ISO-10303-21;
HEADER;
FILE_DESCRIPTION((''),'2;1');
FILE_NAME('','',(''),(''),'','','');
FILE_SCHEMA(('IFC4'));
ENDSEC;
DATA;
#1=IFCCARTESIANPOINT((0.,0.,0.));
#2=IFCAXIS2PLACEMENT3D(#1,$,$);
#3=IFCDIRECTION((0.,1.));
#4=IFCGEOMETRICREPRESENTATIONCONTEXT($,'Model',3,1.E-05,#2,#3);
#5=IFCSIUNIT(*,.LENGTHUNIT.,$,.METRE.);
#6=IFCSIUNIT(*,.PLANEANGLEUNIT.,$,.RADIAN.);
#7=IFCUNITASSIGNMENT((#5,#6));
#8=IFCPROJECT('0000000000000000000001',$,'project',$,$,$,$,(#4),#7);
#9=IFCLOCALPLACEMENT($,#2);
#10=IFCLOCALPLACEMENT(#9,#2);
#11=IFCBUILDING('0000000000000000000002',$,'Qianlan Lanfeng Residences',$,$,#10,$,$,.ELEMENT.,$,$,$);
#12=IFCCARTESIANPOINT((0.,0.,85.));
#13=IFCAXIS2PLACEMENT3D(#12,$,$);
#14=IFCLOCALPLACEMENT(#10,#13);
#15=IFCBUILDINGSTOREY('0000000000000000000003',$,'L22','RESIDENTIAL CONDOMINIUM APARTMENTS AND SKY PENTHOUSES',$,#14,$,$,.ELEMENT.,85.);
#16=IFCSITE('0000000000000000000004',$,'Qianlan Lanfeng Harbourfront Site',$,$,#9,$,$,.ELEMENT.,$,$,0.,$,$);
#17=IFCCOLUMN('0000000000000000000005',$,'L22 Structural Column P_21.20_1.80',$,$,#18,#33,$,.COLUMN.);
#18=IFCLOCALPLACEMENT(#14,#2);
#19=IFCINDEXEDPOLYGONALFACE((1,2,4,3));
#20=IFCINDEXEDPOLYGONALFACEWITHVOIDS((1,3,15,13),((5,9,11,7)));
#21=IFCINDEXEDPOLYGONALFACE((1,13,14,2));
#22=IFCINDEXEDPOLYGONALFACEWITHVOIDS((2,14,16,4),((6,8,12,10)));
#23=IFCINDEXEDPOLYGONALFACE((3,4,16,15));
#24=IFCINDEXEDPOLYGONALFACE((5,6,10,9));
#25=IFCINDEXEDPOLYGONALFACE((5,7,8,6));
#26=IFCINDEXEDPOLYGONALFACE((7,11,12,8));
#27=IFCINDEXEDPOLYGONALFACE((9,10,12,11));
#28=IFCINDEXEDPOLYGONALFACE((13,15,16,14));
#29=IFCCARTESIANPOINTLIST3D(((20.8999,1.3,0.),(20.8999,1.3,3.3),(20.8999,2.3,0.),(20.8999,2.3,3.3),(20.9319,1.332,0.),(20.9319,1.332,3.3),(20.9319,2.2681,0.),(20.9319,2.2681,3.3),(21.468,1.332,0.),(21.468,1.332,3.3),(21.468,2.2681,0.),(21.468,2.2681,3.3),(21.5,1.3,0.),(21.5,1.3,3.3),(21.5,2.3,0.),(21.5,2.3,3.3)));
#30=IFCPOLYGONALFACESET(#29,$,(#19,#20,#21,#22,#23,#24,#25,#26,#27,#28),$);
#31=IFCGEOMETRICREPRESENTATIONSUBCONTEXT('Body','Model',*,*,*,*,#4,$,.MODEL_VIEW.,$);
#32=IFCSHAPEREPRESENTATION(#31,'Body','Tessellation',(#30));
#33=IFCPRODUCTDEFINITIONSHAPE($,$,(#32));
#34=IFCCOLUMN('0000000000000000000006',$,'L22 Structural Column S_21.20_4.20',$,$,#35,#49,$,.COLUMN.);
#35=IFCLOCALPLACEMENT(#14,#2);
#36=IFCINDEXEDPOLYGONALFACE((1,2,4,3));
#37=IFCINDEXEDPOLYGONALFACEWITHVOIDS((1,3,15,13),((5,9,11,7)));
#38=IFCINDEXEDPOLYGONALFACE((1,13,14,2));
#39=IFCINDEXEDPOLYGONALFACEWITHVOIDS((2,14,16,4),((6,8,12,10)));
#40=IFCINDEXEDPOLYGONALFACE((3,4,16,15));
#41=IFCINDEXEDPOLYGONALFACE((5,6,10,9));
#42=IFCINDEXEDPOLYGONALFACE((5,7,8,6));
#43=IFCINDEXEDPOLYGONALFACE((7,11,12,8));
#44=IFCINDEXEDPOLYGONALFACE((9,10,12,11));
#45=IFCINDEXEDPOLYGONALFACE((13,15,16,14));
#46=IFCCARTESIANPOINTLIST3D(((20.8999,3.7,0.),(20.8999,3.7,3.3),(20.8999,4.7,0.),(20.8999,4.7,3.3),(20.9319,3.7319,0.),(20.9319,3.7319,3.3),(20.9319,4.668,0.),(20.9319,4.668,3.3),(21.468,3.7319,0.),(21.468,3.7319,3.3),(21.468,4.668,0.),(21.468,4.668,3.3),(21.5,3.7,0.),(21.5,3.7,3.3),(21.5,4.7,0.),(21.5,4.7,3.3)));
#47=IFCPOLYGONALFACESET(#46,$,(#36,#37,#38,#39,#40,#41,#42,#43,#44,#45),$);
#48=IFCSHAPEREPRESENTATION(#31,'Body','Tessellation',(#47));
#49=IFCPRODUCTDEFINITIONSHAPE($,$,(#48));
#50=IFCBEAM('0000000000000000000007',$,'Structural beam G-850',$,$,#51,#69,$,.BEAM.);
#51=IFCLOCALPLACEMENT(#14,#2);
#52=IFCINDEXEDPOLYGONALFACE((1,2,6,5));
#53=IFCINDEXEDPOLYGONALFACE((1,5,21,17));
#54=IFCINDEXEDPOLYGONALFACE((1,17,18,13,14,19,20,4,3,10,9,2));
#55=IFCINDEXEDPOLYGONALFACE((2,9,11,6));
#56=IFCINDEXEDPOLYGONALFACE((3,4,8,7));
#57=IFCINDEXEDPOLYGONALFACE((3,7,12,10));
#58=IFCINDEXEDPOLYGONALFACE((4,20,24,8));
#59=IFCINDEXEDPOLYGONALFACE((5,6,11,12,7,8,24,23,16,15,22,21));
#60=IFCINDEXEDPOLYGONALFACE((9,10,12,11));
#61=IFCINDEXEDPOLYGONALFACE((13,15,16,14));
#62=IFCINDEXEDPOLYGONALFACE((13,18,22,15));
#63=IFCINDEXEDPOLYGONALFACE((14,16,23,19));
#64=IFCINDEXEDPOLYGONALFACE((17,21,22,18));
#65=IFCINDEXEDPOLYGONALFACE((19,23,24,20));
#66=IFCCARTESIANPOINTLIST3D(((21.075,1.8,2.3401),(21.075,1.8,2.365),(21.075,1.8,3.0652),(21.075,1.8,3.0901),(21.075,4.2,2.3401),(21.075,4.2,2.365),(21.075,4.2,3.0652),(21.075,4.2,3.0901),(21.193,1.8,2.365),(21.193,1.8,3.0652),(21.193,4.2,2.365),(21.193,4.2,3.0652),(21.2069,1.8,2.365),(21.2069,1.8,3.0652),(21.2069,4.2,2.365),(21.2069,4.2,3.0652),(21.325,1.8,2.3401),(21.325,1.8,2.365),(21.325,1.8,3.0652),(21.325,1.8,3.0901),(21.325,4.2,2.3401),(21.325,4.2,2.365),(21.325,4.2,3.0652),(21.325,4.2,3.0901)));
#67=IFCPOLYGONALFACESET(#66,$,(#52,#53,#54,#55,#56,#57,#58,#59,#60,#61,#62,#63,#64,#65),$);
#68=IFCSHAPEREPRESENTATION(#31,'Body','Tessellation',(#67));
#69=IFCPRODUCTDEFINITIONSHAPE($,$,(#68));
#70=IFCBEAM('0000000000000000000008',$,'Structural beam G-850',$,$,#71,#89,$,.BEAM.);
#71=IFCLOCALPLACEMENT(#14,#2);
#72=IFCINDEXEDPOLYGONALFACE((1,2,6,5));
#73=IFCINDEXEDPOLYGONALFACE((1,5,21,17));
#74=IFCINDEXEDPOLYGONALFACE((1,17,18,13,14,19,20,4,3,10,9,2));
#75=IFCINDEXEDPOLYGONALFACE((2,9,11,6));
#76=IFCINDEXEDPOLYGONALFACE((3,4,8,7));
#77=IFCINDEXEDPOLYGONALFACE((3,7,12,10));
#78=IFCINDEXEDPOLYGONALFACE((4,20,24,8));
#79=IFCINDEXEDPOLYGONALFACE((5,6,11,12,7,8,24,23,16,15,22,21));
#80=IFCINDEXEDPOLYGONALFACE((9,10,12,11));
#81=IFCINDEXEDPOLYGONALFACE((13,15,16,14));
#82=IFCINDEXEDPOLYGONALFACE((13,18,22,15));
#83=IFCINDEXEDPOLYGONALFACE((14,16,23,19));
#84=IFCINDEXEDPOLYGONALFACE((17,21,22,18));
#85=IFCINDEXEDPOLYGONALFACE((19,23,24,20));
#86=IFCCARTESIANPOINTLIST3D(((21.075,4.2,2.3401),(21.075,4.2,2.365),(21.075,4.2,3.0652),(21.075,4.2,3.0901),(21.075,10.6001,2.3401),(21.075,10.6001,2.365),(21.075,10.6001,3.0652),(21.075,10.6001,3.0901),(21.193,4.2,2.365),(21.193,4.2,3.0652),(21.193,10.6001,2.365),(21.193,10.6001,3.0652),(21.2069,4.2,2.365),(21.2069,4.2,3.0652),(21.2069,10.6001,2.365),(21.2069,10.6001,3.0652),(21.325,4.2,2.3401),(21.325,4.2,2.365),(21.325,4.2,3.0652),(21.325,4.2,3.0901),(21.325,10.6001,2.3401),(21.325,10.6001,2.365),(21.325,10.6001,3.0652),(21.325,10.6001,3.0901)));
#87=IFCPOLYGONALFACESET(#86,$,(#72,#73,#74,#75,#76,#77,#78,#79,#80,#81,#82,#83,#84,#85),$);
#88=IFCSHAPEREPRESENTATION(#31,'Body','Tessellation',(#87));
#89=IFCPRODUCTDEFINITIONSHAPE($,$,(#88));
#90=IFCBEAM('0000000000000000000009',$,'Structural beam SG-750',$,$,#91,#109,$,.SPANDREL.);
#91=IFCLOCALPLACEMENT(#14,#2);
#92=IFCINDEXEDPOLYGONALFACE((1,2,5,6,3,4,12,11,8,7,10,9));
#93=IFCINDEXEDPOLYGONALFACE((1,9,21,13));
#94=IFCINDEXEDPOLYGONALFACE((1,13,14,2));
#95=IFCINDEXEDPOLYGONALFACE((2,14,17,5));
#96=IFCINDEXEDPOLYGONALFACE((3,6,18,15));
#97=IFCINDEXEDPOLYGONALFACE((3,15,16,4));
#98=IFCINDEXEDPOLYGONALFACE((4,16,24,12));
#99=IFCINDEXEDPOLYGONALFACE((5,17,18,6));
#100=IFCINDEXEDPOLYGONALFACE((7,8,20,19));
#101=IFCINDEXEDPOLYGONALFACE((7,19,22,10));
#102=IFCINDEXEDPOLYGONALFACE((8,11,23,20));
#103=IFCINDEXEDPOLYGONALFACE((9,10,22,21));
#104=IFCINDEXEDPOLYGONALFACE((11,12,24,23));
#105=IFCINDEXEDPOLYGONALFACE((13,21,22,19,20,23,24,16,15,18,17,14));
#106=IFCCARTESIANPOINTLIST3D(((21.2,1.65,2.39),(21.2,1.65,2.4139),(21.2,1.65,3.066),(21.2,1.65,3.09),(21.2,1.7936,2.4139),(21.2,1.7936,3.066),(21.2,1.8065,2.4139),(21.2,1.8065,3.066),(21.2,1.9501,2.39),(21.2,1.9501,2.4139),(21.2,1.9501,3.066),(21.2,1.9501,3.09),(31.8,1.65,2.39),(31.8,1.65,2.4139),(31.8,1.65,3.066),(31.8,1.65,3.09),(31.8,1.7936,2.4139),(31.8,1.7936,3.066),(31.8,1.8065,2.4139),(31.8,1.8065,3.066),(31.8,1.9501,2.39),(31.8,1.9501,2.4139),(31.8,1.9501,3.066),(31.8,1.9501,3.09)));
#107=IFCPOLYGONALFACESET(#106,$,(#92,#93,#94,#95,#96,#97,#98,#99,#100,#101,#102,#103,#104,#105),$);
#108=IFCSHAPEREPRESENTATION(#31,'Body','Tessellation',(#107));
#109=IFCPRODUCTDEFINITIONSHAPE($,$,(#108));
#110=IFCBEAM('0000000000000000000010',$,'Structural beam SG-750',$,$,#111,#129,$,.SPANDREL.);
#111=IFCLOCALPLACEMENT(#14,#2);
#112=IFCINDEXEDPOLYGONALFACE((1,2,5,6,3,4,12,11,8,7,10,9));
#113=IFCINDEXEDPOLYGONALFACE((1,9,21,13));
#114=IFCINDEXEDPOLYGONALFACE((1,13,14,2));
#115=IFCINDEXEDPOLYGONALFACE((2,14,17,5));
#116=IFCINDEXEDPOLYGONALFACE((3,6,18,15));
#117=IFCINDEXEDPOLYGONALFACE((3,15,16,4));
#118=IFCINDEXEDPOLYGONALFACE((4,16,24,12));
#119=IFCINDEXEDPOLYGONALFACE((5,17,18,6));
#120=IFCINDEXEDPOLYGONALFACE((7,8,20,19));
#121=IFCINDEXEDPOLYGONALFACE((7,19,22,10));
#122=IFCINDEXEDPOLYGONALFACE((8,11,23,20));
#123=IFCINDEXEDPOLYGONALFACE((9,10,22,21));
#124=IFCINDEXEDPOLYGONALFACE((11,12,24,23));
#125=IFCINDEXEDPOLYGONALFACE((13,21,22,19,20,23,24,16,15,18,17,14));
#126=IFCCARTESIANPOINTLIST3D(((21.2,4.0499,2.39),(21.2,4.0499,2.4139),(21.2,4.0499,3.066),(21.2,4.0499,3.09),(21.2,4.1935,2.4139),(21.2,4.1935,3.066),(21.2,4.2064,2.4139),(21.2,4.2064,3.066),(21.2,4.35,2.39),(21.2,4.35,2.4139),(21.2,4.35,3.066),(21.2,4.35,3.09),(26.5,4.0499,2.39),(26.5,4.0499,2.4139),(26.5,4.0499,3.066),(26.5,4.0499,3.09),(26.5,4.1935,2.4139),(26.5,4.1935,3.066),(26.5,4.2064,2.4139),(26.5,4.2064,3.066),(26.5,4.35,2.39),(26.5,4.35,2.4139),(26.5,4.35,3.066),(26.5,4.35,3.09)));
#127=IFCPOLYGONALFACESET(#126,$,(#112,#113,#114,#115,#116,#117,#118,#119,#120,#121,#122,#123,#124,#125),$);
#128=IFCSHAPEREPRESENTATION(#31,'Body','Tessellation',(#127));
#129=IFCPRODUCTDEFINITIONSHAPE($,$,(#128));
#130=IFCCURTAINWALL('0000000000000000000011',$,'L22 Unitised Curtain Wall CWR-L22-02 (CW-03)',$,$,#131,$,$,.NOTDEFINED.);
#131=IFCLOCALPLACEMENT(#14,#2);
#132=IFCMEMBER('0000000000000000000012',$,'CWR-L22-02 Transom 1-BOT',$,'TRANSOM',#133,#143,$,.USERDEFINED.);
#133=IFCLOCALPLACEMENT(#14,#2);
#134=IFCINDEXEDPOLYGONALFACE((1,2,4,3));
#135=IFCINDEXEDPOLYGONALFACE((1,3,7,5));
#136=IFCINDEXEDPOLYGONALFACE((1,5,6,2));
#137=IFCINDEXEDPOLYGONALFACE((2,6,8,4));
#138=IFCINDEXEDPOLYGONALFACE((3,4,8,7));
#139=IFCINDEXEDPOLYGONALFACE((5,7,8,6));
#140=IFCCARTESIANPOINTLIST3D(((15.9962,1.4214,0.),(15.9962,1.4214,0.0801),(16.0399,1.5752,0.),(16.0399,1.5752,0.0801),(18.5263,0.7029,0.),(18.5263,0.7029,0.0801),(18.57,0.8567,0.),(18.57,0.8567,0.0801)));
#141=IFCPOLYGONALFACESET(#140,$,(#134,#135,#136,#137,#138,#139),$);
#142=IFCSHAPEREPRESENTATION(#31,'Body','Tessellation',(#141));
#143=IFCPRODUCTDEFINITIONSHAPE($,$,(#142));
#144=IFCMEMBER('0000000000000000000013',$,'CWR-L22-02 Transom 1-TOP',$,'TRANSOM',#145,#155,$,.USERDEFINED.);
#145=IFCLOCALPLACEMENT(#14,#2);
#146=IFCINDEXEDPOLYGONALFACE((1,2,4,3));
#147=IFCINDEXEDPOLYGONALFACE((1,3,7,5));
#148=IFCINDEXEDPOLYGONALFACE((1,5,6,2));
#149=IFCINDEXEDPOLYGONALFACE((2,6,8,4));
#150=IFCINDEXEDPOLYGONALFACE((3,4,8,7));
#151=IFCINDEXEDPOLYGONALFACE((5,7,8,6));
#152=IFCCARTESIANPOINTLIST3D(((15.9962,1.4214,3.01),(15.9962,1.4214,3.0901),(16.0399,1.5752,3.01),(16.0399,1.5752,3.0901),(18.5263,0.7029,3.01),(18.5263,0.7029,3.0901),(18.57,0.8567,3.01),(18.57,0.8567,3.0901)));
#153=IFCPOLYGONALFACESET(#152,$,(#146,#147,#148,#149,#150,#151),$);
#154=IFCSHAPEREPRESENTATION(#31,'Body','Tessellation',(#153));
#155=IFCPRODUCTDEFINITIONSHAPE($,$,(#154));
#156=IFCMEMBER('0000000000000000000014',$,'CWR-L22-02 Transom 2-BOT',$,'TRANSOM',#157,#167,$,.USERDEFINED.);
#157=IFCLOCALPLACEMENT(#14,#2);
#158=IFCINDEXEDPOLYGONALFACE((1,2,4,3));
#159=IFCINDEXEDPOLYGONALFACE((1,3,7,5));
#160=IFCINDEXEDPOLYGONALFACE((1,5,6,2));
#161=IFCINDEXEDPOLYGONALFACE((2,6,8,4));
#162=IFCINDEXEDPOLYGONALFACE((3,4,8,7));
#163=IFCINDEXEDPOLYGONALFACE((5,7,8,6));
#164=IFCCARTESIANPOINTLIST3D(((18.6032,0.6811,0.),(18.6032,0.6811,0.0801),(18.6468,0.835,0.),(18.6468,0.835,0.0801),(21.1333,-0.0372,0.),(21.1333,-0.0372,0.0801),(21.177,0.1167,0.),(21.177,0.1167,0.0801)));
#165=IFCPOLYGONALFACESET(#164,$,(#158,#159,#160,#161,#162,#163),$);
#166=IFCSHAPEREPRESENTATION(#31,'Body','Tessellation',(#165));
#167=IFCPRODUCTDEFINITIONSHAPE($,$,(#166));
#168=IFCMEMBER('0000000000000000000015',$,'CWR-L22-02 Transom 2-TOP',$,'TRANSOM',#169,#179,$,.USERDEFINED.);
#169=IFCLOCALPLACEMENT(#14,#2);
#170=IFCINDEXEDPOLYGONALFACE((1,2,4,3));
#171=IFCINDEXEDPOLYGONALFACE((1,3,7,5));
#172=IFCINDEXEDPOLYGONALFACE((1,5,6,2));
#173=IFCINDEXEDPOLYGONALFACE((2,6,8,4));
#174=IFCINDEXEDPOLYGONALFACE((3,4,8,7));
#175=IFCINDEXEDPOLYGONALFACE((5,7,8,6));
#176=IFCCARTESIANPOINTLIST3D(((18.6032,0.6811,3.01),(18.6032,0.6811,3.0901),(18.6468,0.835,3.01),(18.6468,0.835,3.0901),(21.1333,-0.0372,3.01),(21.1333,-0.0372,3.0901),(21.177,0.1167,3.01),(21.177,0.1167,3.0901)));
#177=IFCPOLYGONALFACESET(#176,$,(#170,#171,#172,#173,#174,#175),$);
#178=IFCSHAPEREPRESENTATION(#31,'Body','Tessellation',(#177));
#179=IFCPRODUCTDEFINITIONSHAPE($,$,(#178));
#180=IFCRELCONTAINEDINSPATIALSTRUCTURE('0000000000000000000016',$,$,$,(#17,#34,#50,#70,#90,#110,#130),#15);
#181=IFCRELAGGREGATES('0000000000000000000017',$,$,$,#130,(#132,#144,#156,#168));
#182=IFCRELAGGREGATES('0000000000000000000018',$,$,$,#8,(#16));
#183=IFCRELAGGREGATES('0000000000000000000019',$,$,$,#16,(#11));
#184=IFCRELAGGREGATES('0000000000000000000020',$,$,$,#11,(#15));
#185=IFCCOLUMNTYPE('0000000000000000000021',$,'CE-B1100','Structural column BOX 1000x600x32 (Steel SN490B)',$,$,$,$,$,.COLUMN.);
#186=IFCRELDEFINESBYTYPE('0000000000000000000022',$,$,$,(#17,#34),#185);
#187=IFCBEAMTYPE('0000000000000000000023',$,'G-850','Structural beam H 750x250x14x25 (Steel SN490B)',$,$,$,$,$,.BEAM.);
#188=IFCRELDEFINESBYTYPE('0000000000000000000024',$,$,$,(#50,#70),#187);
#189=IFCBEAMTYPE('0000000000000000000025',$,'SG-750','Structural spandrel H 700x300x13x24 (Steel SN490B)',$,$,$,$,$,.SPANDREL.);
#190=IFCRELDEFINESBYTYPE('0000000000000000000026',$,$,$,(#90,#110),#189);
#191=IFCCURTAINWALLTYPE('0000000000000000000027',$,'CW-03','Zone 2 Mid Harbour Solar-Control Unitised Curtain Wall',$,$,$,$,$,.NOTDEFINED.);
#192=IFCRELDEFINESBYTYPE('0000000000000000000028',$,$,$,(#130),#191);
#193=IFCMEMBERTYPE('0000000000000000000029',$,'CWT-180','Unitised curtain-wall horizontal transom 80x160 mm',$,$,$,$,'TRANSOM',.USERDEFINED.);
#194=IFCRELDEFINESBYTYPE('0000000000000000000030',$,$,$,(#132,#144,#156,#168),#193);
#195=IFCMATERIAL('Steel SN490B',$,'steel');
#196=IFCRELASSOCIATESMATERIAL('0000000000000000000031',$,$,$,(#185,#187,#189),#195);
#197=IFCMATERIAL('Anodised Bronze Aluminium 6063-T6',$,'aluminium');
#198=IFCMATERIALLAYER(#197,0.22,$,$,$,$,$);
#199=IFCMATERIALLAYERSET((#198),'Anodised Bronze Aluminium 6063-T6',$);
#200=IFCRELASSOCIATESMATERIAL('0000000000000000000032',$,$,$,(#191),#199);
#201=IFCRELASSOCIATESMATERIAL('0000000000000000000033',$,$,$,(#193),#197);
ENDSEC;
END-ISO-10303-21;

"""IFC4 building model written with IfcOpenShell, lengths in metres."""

from ifc_helpers import new_model, si_unit, direction, frame, origin, origin_2d, place, context, subcontext, project, spatial, rectangle, hollow_rectangle, i_section, extrude, source, transform, mapped, material, layer, layer_set, material_profile, profile_set, type_object, element, aggregate, save


model = new_model("IFC4")

# Units and contexts
model_context = context("Model", 3, precision=1e-05, world=origin(), true_north=direction((0.0, 1.0)))
body_context = subcontext(model_context, "Body", "Model", "MODEL_VIEW")
ifc_project = project(units=[si_unit("LENGTHUNIT", "METRE"), si_unit("PLANEANGLEUNIT", "RADIAN")], contexts=[model_context])

# Site, building, storey
site_placement = place(None, origin())
site = spatial("IfcSite", under=ifc_project, at=site_placement, Name="Qianlan Lanfeng Harbourfront Site", CompositionType="ELEMENT", RefElevation=0.0)
building_placement = place(site_placement, origin())
building = spatial("IfcBuilding", under=site, at=building_placement, Name="Qianlan Lanfeng Residences", CompositionType="ELEMENT")
storey_placement = place(building_placement, frame((0.0, 0.0, 85.0)))
storey = spatial("IfcBuildingStorey", under=building, at=storey_placement, Name="L22", Description="RESIDENTIAL CONDOMINIUM APARTMENTS AND SKY PENTHOUSES", CompositionType="ELEMENT", Elevation=85.0)

# Columns
ifc_material_1 = material(Name="Steel SN490B", Category="steel")
ifc_material_profile_1 = material_profile(ifc_material_1, hollow_rectangle(XDim=0.6001, YDim=1.0, WallThickness=0.032, at=origin_2d()), Name="BOX 1000x600x32")
ifc_profile_set_1 = profile_set([ifc_material_profile_1], Name="Steel SN490B")
column_type = type_object("IfcColumnType", Name="CE-B1100", Description="Structural column BOX 1000x600x32 (Steel SN490B)", PredefinedType="COLUMN", material=ifc_profile_set_1)
for number, where, z_axis, x_axis, name in (
    (1, (21.2, 1.8, 0.0), (0.0, 0.0, 1.0), (1.0, 0.0, 0.0), "L22 Structural Column P_21.20_1.80"),
    (2, (21.2, 4.2, 0.0), (0.0, 0.0, 1.0), (1.0, 0.0, 0.0), "L22 Structural Column S_21.20_4.20"),
):
    element("IfcColumn", number, at=place(storey_placement, frame(where, z_axis=z_axis, x_axis=x_axis)), inside=storey, type_object=column_type, Name=name, PredefinedType="COLUMN", context=body_context, shape_type="SweptSolid", body=[
        extrude(hollow_rectangle(XDim=0.6001, YDim=1.0, WallThickness=0.032, at=origin_2d()), origin(), (0.0, 0.0, 1.0), 3.3),
    ])

# Beams
ifc_material_profile_2 = material_profile(ifc_material_1, i_section(OverallWidth=0.25, OverallDepth=0.75, WebThickness=0.0139, FlangeThickness=0.0249, at=origin_2d()), Name="H 750x250x14x25")
ifc_profile_set_2 = profile_set([ifc_material_profile_2], Name="Steel SN490B")
beam_type_1 = type_object("IfcBeamType", Name="G-850", Description="Structural beam H 750x250x14x25 (Steel SN490B)", PredefinedType="BEAM", material=ifc_profile_set_2)
beam_1_placement = place(storey_placement, frame((21.2, 1.8, 2.7151), z_axis=(0.0, 1.0, 0.0), x_axis=(-1.0, 0.0, 0.0)))
element("IfcBeam", 3, at=beam_1_placement, inside=storey, type_object=beam_type_1, Name="Structural beam G-850", PredefinedType="BEAM", context=body_context, shape_type="SweptSolid", body=[
    extrude(i_section(OverallWidth=0.25, OverallDepth=0.75, WebThickness=0.0139, FlangeThickness=0.0249, at=origin_2d()), origin(), (0.0, 0.0, 1.0), 2.3999),
])
beam_2_placement = place(storey_placement, frame((21.2, 4.2, 2.7151), z_axis=(0.0, 1.0, 0.0), x_axis=(-1.0, 0.0, 0.0)))
element("IfcBeam", 4, at=beam_2_placement, inside=storey, type_object=beam_type_1, Name="Structural beam G-850", PredefinedType="BEAM", context=body_context, shape_type="SweptSolid", body=[
    extrude(i_section(OverallWidth=0.25, OverallDepth=0.75, WebThickness=0.0139, FlangeThickness=0.0249, at=origin_2d()), origin(), (0.0, 0.0, 1.0), 6.4001),
])
ifc_material_profile_3 = material_profile(ifc_material_1, i_section(OverallWidth=0.3, OverallDepth=0.7, WebThickness=0.0129, FlangeThickness=0.0239, at=origin_2d()), Name="H 700x300x13x24")
ifc_profile_set_3 = profile_set([ifc_material_profile_3], Name="Steel SN490B")
beam_type_2 = type_object("IfcBeamType", Name="SG-750", Description="Structural spandrel H 700x300x13x24 (Steel SN490B)", PredefinedType="SPANDREL", material=ifc_profile_set_3)
beam_3_placement = place(storey_placement, frame((21.2, 1.8, 2.74), z_axis=(1.0, 0.0, 0.0), x_axis=(0.0, 1.0, 0.0)))
element("IfcBeam", 5, at=beam_3_placement, inside=storey, type_object=beam_type_2, Name="Structural beam SG-750", PredefinedType="SPANDREL", context=body_context, shape_type="SweptSolid", body=[
    extrude(i_section(OverallWidth=0.3, OverallDepth=0.7, WebThickness=0.0129, FlangeThickness=0.0239, at=origin_2d()), origin(), (0.0, 0.0, 1.0), 10.6001),
])
beam_4_placement = place(storey_placement, frame((21.2, 4.2, 2.74), z_axis=(1.0, 0.0, 0.0), x_axis=(0.0, 1.0, 0.0)))
element("IfcBeam", 6, at=beam_4_placement, inside=storey, type_object=beam_type_2, Name="Structural beam SG-750", PredefinedType="SPANDREL", context=body_context, shape_type="SweptSolid", body=[
    extrude(i_section(OverallWidth=0.3, OverallDepth=0.7, WebThickness=0.0129, FlangeThickness=0.0239, at=origin_2d()), origin(), (0.0, 0.0, 1.0), 5.3),
])

# Curtain wall, members
ifc_material_2 = material(Name="Anodised Bronze Aluminium 6063-T6", Category="aluminium")
ifc_layer_1 = layer(ifc_material_2, 0.22)
ifc_layer_set_1 = layer_set([ifc_layer_1], Name="Anodised Bronze Aluminium 6063-T6")
curtain_wall_type = type_object("IfcCurtainWallType", Name="CW-03", Description="Zone 2 Mid Harbour Solar-Control Unitised Curtain Wall", PredefinedType="NOTDEFINED", material=ifc_layer_set_1)
curtain_wall_placement = place(storey_placement, origin())
curtain_wall = element("IfcCurtainWall", 7, at=curtain_wall_placement, inside=storey, type_object=curtain_wall_type, Name="L22 Unitised Curtain Wall CWR-L22-02 (CW-03)", PredefinedType="NOTDEFINED")
ifc_material_profile_4 = material_profile(ifc_material_2, rectangle(XDim=0.0801, YDim=0.1599, at=origin_2d()), Name="ALU TRANSOM 80x160")
ifc_profile_set_4 = profile_set([ifc_material_profile_4], Name="Anodised Bronze Aluminium 6063-T6")
member_type_1 = type_object("IfcMemberType", Name="CWT-180", Description="Unitised curtain-wall horizontal transom 80x160 mm", ElementType="TRANSOM", PredefinedType="USERDEFINED", material=ifc_profile_set_4)
shared_shape_1 = source(origin(), body_context, "Body", "SweptSolid", [
    extrude(rectangle(XDim=0.0801, YDim=0.1599, at=origin_2d()), origin(), (0.0, 0.0, 1.0), 2.6301),
])
member_1_placement = place(storey_placement, frame((16.0181, 1.4983, 0.04), z_axis=(0.961961, -0.273188, 0.0), x_axis=(0.0, 0.0, 1.0)))
member_1 = element("IfcMember", 8, at=member_1_placement, type_object=member_type_1, Name="CWR-L22-02 Transom 1-BOT", ObjectType="TRANSOM", PredefinedType="USERDEFINED", context=body_context, shape_type="MappedRepresentation", body=[
    mapped(shared_shape_1, transform((0.0, 0.0, 0.0), scale=1.0)),
])
member_2_placement = place(storey_placement, frame((16.0181, 1.4983, 3.05), z_axis=(0.961961, -0.273188, 0.0), x_axis=(0.0, 0.0, 1.0)))
member_2 = element("IfcMember", 9, at=member_2_placement, type_object=member_type_1, Name="CWR-L22-02 Transom 1-TOP", ObjectType="TRANSOM", PredefinedType="USERDEFINED", context=body_context, shape_type="MappedRepresentation", body=[
    mapped(shared_shape_1, transform((0.0, 0.0, 0.0), scale=1.0)),
])
member_3_placement = place(storey_placement, frame((18.625, 0.7581, 0.04), z_axis=(0.961985, -0.273102, 0.0), x_axis=(0.0, 0.0, 1.0)))
member_3 = element("IfcMember", 10, at=member_3_placement, type_object=member_type_1, Name="CWR-L22-02 Transom 2-BOT", ObjectType="TRANSOM", PredefinedType="USERDEFINED", context=body_context, shape_type="MappedRepresentation", body=[
    mapped(shared_shape_1, transform((0.0, 0.0, 0.0), scale=1.0)),
])
member_4_placement = place(storey_placement, frame((18.625, 0.7581, 3.05), z_axis=(0.961985, -0.273102, 0.0), x_axis=(0.0, 0.0, 1.0)))
member_4 = element("IfcMember", 11, at=member_4_placement, type_object=member_type_1, Name="CWR-L22-02 Transom 2-TOP", ObjectType="TRANSOM", PredefinedType="USERDEFINED", context=body_context, shape_type="MappedRepresentation", body=[
    mapped(shared_shape_1, transform((0.0, 0.0, 0.0), scale=1.0)),
])
aggregate(curtain_wall, [member_1, member_2, member_3, member_4])

save(model, "model.ifc")
